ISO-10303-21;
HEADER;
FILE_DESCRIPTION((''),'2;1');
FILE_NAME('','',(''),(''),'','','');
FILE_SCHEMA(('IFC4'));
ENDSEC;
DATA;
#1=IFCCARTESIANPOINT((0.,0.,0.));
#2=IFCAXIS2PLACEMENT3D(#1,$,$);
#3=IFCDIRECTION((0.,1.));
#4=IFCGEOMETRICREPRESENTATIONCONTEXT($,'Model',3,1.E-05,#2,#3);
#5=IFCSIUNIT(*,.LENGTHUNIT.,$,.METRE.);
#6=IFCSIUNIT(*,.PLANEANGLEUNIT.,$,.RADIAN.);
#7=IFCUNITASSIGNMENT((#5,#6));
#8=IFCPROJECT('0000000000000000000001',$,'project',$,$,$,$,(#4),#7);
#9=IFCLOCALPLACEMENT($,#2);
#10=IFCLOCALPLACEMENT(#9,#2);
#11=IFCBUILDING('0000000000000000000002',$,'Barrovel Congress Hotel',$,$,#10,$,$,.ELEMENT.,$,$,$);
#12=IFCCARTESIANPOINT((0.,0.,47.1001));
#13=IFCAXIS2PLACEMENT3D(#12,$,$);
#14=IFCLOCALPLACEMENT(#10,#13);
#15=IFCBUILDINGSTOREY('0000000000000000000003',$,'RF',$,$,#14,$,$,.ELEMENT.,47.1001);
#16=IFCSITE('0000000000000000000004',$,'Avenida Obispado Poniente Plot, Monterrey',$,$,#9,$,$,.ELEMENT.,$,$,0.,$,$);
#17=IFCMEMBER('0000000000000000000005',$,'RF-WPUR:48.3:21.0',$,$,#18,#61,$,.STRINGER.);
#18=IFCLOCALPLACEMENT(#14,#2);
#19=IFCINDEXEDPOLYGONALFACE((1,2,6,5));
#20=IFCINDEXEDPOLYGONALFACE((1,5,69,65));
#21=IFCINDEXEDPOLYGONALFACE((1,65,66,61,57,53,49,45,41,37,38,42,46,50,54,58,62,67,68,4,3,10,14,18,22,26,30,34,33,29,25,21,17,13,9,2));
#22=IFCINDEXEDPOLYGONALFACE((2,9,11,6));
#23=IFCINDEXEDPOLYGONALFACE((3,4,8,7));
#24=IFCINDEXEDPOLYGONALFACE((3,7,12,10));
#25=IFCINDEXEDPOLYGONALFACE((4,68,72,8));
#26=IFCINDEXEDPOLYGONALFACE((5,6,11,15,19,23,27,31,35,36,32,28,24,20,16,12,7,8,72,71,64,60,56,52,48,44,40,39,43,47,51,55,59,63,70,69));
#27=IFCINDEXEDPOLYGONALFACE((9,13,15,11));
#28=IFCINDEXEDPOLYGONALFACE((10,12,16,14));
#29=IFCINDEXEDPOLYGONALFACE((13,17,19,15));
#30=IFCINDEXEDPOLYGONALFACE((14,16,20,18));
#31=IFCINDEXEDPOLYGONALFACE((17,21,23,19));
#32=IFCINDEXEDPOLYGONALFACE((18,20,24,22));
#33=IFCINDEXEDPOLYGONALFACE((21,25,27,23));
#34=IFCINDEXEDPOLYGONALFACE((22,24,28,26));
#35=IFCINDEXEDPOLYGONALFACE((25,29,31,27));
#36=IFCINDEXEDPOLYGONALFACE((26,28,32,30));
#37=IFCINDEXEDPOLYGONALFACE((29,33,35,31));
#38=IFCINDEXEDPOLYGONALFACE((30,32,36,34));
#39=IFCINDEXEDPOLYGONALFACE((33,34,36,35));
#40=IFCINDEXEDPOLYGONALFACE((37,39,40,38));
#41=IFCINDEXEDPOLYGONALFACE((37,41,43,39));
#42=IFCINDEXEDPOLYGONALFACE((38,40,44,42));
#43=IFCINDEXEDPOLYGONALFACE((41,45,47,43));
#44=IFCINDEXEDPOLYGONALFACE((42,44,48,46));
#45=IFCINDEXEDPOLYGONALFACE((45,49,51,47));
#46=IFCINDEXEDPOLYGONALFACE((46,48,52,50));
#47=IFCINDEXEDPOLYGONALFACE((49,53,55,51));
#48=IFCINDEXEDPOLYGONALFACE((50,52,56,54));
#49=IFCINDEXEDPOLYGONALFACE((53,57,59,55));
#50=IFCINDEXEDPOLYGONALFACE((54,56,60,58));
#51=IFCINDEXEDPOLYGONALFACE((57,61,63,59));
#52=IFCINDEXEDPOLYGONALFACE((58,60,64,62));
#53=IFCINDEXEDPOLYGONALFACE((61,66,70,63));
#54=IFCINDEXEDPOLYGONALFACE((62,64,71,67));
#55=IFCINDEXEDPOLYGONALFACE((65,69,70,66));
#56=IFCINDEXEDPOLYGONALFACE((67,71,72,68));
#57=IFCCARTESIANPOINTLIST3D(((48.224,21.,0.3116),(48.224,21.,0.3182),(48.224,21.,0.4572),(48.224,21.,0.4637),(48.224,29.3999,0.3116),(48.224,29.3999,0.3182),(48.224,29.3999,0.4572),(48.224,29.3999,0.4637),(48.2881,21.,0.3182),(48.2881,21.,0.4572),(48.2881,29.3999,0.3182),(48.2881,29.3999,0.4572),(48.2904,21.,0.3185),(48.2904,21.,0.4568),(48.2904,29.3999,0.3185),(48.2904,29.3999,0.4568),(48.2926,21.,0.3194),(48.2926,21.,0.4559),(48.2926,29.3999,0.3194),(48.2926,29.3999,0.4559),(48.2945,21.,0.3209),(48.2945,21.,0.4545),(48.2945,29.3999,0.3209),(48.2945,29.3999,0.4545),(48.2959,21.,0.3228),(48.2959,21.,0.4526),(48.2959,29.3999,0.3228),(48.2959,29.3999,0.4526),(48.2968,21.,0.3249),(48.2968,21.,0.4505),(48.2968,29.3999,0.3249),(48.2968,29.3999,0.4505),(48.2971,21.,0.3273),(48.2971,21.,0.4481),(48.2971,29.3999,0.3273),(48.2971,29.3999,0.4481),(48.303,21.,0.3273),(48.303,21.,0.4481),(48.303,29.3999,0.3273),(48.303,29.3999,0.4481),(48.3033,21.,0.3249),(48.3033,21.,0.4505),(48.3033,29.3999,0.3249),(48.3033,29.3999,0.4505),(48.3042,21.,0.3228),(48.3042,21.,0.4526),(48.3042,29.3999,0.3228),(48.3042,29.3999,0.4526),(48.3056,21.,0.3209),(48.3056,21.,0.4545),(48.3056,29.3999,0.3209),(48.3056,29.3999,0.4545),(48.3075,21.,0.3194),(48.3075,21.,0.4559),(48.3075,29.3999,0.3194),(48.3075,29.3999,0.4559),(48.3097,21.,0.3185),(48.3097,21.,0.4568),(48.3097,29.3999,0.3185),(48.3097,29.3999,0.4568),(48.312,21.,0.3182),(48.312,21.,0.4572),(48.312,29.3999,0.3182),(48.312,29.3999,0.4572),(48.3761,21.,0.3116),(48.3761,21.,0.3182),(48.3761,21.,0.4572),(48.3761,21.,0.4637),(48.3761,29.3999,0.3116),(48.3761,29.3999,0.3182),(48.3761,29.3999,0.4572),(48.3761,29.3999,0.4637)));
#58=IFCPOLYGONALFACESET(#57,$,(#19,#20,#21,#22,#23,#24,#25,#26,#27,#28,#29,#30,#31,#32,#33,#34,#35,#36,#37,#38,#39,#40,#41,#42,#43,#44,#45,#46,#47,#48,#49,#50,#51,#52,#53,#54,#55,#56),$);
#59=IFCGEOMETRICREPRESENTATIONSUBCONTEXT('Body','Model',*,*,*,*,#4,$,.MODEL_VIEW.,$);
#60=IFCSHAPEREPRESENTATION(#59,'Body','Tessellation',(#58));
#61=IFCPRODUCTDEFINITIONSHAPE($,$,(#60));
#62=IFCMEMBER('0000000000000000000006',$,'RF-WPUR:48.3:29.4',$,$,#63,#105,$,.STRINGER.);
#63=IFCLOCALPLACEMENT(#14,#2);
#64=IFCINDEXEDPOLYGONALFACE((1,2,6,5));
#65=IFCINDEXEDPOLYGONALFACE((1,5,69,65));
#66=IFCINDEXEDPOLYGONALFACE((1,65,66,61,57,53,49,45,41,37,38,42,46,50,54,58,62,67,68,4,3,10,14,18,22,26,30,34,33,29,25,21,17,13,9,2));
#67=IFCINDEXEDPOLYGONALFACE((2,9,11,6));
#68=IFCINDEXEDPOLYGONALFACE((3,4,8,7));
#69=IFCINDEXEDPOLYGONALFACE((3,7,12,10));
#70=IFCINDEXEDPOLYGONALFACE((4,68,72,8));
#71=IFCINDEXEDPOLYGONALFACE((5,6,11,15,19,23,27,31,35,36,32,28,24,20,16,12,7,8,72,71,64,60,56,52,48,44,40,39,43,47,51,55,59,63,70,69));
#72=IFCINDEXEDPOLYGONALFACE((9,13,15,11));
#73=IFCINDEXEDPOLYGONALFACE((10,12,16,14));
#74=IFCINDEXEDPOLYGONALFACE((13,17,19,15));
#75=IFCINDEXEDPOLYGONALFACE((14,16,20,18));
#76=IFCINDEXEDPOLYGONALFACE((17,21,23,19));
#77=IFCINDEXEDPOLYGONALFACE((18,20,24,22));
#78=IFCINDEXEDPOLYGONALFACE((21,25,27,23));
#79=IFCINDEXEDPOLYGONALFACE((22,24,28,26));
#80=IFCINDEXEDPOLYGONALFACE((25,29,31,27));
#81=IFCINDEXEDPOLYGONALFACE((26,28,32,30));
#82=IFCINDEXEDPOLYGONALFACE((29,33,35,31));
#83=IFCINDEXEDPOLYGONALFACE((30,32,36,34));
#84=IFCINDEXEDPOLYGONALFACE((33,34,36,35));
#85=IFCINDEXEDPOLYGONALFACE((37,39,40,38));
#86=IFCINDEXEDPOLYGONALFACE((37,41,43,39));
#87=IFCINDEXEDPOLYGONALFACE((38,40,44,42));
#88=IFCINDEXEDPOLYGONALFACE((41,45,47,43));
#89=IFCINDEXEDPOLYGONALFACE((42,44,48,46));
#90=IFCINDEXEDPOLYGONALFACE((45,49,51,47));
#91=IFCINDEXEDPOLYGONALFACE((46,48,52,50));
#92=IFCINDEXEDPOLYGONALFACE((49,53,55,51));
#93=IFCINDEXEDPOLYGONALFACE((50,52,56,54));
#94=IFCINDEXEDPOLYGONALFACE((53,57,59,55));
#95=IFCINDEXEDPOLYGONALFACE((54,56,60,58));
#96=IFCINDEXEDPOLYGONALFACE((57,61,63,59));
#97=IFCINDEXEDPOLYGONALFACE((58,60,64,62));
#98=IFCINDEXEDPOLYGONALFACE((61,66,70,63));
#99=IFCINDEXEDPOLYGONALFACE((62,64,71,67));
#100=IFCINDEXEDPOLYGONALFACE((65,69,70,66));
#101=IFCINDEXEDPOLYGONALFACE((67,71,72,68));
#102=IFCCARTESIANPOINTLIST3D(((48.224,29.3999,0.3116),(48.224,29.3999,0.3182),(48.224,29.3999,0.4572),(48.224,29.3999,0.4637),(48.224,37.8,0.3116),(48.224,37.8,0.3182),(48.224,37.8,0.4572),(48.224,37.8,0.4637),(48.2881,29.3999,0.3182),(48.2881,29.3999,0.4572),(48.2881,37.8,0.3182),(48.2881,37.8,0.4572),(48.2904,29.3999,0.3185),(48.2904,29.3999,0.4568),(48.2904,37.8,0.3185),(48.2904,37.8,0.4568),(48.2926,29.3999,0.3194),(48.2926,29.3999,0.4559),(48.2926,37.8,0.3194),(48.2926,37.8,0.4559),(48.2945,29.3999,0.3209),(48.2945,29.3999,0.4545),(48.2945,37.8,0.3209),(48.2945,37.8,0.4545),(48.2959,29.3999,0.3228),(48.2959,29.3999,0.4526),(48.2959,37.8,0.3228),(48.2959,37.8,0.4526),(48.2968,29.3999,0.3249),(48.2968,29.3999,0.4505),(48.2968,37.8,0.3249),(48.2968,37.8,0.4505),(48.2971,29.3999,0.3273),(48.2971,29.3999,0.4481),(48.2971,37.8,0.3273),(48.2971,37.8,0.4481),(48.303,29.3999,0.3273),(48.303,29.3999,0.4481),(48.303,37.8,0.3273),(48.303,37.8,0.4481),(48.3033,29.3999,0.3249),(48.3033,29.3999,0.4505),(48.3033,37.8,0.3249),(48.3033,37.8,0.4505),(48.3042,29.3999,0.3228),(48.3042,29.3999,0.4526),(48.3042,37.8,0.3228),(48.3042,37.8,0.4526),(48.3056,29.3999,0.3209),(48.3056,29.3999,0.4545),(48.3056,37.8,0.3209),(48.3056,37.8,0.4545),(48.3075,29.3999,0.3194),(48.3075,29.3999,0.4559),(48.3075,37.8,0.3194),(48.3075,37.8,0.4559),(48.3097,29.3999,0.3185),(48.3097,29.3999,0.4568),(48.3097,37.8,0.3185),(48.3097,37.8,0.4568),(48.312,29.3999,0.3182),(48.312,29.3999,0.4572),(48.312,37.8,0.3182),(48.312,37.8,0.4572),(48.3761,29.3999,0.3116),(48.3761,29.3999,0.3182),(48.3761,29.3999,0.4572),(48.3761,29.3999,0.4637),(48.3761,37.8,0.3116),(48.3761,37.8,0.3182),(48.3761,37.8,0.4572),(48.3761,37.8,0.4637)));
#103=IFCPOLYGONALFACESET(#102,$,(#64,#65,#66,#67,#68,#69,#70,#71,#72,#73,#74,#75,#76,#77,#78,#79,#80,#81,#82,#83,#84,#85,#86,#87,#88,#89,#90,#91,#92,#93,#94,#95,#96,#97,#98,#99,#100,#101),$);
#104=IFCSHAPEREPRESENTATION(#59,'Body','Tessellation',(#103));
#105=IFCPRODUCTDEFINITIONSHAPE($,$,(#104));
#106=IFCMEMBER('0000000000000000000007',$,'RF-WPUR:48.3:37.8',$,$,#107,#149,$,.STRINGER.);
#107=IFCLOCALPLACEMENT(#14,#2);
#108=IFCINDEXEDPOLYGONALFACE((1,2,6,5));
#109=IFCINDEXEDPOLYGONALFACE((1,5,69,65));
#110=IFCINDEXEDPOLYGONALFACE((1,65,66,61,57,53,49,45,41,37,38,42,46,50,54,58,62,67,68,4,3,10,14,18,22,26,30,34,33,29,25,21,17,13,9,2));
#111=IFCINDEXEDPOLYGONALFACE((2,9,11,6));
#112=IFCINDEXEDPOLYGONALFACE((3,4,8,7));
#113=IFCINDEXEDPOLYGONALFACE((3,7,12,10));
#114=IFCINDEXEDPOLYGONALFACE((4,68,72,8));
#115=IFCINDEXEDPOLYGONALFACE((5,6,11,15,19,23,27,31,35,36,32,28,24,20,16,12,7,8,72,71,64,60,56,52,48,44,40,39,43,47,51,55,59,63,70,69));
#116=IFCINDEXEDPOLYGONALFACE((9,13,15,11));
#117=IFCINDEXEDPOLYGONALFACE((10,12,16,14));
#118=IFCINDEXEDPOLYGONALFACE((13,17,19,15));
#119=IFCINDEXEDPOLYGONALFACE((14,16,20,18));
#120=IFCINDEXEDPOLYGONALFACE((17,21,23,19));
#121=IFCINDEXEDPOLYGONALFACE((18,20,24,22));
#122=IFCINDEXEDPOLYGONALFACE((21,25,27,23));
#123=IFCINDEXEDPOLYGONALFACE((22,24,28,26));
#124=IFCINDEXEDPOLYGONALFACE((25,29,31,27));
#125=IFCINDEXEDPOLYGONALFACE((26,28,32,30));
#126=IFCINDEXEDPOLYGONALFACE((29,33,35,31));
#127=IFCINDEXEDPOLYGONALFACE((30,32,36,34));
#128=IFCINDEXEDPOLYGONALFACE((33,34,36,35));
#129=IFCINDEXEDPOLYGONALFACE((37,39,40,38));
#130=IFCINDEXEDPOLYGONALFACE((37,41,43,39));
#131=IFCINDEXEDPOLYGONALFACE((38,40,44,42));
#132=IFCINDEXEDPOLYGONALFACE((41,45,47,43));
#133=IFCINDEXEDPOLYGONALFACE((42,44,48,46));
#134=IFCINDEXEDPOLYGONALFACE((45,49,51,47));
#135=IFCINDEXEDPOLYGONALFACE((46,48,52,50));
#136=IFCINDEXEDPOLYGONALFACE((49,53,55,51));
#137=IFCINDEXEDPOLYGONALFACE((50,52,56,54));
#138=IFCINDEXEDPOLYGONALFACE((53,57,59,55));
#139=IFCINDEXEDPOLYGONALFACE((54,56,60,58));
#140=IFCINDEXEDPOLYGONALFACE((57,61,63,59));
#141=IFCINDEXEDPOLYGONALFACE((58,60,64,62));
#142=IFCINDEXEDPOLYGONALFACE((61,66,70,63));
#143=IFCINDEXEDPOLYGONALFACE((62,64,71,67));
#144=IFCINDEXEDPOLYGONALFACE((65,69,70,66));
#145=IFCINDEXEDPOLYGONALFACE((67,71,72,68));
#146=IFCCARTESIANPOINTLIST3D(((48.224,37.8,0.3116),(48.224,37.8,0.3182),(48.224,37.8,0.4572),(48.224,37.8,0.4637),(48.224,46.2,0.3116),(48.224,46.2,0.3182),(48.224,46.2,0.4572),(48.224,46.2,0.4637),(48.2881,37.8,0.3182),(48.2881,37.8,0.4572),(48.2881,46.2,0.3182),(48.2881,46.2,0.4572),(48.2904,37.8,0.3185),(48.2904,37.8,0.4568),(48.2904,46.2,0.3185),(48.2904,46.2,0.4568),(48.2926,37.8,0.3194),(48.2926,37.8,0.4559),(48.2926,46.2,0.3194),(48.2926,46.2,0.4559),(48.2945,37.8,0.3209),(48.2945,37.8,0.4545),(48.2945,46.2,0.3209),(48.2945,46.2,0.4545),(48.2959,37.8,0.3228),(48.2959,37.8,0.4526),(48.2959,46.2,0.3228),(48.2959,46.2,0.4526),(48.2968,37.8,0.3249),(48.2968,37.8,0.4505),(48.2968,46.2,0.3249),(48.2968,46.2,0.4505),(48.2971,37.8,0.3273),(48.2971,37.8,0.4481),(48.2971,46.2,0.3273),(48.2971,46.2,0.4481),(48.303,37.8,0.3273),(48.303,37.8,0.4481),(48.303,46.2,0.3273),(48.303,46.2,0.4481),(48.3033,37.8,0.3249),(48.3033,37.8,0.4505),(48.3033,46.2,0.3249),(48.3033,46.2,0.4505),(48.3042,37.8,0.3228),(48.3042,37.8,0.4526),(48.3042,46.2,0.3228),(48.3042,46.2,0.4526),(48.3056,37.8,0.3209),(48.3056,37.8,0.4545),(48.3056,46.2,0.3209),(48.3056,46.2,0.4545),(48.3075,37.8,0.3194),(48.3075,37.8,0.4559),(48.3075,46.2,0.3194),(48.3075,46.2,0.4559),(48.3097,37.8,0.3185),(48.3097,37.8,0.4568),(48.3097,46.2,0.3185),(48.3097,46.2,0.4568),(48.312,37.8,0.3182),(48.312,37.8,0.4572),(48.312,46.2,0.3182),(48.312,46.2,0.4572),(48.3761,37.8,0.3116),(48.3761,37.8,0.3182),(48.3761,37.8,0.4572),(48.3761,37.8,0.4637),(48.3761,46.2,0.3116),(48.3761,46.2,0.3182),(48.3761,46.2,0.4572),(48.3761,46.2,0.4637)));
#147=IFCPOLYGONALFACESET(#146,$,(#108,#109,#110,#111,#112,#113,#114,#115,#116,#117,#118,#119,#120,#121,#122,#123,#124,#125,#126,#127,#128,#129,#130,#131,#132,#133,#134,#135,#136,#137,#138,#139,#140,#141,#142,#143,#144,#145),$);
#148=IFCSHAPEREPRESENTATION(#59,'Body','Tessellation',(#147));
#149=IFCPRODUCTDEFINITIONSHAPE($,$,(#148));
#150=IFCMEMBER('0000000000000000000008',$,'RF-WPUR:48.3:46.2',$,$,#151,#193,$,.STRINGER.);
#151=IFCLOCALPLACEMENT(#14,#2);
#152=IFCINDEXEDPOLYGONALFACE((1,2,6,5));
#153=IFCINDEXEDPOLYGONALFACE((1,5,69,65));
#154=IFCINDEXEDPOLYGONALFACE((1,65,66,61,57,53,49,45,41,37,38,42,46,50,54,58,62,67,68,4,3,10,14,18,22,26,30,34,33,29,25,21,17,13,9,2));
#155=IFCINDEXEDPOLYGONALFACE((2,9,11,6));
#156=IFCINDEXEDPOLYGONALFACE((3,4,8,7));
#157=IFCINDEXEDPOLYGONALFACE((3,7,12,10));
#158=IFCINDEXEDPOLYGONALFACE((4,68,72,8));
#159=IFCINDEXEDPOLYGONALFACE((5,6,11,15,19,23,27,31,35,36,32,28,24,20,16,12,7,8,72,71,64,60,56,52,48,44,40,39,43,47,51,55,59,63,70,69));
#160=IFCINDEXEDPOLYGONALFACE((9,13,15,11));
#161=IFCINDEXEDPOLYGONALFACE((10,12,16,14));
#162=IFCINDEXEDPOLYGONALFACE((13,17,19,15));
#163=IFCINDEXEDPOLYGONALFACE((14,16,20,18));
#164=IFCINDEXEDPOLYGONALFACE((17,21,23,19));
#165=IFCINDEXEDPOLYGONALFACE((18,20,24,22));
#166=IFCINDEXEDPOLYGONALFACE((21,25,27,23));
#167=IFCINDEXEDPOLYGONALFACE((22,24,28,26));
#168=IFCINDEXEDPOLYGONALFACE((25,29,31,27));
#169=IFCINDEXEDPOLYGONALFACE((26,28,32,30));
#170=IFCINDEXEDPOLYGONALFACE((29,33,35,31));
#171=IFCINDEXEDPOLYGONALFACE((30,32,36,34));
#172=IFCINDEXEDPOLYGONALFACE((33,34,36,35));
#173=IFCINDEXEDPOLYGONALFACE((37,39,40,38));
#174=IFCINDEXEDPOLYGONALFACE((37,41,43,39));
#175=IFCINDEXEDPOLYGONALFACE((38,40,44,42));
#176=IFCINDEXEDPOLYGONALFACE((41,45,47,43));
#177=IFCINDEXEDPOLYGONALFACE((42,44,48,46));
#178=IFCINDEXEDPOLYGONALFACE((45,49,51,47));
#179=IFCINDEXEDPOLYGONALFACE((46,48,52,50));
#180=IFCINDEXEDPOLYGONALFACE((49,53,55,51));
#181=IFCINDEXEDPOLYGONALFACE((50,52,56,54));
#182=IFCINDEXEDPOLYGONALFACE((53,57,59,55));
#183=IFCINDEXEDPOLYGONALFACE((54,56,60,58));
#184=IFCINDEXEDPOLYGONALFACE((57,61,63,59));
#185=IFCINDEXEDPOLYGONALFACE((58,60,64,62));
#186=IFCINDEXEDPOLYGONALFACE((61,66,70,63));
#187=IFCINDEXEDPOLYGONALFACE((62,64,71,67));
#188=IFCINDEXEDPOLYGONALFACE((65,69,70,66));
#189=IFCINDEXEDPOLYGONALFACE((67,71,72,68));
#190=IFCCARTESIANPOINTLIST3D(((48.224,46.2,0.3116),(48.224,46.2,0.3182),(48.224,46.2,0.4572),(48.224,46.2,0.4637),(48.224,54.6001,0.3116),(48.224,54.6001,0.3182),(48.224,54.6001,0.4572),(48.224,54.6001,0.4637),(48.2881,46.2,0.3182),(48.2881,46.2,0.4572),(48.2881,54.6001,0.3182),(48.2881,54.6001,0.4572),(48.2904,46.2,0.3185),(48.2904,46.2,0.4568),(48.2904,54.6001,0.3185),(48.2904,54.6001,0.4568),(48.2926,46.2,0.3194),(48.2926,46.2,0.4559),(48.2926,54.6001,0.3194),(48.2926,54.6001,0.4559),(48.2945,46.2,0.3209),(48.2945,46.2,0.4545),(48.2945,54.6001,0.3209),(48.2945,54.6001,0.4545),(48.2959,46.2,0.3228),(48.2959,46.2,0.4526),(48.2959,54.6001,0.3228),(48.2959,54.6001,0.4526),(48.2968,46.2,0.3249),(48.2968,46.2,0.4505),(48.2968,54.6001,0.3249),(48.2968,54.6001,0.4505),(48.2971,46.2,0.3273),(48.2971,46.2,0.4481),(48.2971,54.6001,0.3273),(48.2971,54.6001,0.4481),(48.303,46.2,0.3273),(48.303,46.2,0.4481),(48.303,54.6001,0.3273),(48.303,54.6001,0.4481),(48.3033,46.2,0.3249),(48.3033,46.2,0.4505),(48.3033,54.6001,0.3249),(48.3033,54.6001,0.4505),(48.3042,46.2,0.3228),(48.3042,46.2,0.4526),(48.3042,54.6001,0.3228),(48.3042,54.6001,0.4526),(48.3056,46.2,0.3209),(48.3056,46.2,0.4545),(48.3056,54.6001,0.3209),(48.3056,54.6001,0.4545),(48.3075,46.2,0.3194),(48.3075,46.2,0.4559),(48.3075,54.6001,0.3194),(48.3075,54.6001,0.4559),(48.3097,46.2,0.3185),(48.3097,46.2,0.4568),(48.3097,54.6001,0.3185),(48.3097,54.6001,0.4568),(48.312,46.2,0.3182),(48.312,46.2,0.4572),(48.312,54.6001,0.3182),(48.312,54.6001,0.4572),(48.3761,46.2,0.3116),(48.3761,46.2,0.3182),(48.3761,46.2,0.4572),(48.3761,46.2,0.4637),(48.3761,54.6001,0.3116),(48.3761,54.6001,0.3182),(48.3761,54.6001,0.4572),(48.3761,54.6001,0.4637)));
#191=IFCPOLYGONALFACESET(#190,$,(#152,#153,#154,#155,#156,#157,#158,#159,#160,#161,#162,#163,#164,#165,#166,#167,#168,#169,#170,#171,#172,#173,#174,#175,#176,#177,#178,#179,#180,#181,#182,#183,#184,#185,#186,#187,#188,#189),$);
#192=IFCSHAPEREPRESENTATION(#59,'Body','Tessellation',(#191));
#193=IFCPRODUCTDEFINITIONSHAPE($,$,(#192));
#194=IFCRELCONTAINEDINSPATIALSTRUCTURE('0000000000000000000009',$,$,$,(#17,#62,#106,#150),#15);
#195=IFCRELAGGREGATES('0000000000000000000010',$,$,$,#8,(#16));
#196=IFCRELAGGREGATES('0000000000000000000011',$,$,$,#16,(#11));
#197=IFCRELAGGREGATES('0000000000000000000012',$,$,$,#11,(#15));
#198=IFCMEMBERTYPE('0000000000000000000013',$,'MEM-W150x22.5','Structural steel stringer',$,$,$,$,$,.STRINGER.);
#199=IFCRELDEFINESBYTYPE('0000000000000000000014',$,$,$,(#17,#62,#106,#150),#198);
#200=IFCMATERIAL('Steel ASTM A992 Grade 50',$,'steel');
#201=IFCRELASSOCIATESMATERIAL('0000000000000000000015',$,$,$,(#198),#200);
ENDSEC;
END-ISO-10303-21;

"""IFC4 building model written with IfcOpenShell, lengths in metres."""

from ifc_helpers import new_model, si_unit, direction, frame, origin, origin_2d, place, context, subcontext, project, spatial, i_section, extrude, material, material_profile, profile_set, type_object, element, save


model = new_model("IFC4")

# Units and contexts
model_context = context("Model", 3, precision=1e-05, world=origin(), true_north=direction((0.0, 1.0)))
body_context = subcontext(model_context, "Body", "Model", "MODEL_VIEW")
ifc_project = project(units=[si_unit("LENGTHUNIT", "METRE"), si_unit("PLANEANGLEUNIT", "RADIAN")], contexts=[model_context])

# Site, building, storey
site_placement = place(None, origin())
site = spatial("IfcSite", under=ifc_project, at=site_placement, Name="Avenida Obispado Poniente Plot, Monterrey", CompositionType="ELEMENT", RefElevation=0.0)
building_placement = place(site_placement, origin())
building = spatial("IfcBuilding", under=site, at=building_placement, Name="Barrovel Congress Hotel", CompositionType="ELEMENT")
storey_placement = place(building_placement, frame((0.0, 0.0, 47.1001)))
storey = spatial("IfcBuildingStorey", under=building, at=storey_placement, Name="RF", CompositionType="ELEMENT", Elevation=47.1001)

# Members
ifc_material_1 = material(Name="Steel ASTM A992 Grade 50", Category="steel")
ifc_material_profile_1 = material_profile(ifc_material_1, i_section(OverallWidth=0.1521, OverallDepth=0.1521, WebThickness=0.0059, FlangeThickness=0.0066, FilletRadius=0.009, at=origin_2d()), Name="W150x22.5")
ifc_profile_set_1 = profile_set([ifc_material_profile_1], Name="Steel ASTM A992 Grade 50")
member_type = type_object("IfcMemberType", Name="MEM-W150x22.5", Description="Structural steel stringer", PredefinedType="STRINGER", material=ifc_profile_set_1)
member_1_placement = place(storey_placement, frame((48.3, 21.0, 0.3877), z_axis=(0.0, 1.0, 0.0), x_axis=(-1.0, 0.0, 0.0)))
element("IfcMember", 1, at=member_1_placement, inside=storey, type_object=member_type, Name="RF-WPUR:48.3:21.0", PredefinedType="STRINGER", context=body_context, shape_type="SweptSolid", body=[
    extrude(i_section(OverallWidth=0.1521, OverallDepth=0.1521, WebThickness=0.0059, FlangeThickness=0.0066, FilletRadius=0.009, at=origin_2d()), origin(), (0.0, 0.0, 1.0), 8.3999),
])
member_2_placement = place(storey_placement, frame((48.3, 29.3999, 0.3877), z_axis=(0.0, 1.0, 0.0), x_axis=(-1.0, 0.0, 0.0)))
element("IfcMember", 2, at=member_2_placement, inside=storey, type_object=member_type, Name="RF-WPUR:48.3:29.4", PredefinedType="STRINGER", context=body_context, shape_type="SweptSolid", body=[
    extrude(i_section(OverallWidth=0.1521, OverallDepth=0.1521, WebThickness=0.0059, FlangeThickness=0.0066, FilletRadius=0.009, at=origin_2d()), origin(), (0.0, 0.0, 1.0), 8.4001),
])
member_3_placement = place(storey_placement, frame((48.3, 37.8, 0.3877), z_axis=(0.0, 1.0, 0.0), x_axis=(-1.0, 0.0, 0.0)))
element("IfcMember", 3, at=member_3_placement, inside=storey, type_object=member_type, Name="RF-WPUR:48.3:37.8", PredefinedType="STRINGER", context=body_context, shape_type="SweptSolid", body=[
    extrude(i_section(OverallWidth=0.1521, OverallDepth=0.1521, WebThickness=0.0059, FlangeThickness=0.0066, FilletRadius=0.009, at=origin_2d()), origin(), (0.0, 0.0, 1.0), 8.3999),
])
member_4_placement = place(storey_placement, frame((48.3, 46.2, 0.3877), z_axis=(0.0, 1.0, 0.0), x_axis=(-1.0, 0.0, 0.0)))
element("IfcMember", 4, at=member_4_placement, inside=storey, type_object=member_type, Name="RF-WPUR:48.3:46.2", PredefinedType="STRINGER", context=body_context, shape_type="SweptSolid", body=[
    extrude(i_section(OverallWidth=0.1521, OverallDepth=0.1521, WebThickness=0.0059, FlangeThickness=0.0066, FilletRadius=0.009, at=origin_2d()), origin(), (0.0, 0.0, 1.0), 8.4001),
])

save(model, "model.ifc")
